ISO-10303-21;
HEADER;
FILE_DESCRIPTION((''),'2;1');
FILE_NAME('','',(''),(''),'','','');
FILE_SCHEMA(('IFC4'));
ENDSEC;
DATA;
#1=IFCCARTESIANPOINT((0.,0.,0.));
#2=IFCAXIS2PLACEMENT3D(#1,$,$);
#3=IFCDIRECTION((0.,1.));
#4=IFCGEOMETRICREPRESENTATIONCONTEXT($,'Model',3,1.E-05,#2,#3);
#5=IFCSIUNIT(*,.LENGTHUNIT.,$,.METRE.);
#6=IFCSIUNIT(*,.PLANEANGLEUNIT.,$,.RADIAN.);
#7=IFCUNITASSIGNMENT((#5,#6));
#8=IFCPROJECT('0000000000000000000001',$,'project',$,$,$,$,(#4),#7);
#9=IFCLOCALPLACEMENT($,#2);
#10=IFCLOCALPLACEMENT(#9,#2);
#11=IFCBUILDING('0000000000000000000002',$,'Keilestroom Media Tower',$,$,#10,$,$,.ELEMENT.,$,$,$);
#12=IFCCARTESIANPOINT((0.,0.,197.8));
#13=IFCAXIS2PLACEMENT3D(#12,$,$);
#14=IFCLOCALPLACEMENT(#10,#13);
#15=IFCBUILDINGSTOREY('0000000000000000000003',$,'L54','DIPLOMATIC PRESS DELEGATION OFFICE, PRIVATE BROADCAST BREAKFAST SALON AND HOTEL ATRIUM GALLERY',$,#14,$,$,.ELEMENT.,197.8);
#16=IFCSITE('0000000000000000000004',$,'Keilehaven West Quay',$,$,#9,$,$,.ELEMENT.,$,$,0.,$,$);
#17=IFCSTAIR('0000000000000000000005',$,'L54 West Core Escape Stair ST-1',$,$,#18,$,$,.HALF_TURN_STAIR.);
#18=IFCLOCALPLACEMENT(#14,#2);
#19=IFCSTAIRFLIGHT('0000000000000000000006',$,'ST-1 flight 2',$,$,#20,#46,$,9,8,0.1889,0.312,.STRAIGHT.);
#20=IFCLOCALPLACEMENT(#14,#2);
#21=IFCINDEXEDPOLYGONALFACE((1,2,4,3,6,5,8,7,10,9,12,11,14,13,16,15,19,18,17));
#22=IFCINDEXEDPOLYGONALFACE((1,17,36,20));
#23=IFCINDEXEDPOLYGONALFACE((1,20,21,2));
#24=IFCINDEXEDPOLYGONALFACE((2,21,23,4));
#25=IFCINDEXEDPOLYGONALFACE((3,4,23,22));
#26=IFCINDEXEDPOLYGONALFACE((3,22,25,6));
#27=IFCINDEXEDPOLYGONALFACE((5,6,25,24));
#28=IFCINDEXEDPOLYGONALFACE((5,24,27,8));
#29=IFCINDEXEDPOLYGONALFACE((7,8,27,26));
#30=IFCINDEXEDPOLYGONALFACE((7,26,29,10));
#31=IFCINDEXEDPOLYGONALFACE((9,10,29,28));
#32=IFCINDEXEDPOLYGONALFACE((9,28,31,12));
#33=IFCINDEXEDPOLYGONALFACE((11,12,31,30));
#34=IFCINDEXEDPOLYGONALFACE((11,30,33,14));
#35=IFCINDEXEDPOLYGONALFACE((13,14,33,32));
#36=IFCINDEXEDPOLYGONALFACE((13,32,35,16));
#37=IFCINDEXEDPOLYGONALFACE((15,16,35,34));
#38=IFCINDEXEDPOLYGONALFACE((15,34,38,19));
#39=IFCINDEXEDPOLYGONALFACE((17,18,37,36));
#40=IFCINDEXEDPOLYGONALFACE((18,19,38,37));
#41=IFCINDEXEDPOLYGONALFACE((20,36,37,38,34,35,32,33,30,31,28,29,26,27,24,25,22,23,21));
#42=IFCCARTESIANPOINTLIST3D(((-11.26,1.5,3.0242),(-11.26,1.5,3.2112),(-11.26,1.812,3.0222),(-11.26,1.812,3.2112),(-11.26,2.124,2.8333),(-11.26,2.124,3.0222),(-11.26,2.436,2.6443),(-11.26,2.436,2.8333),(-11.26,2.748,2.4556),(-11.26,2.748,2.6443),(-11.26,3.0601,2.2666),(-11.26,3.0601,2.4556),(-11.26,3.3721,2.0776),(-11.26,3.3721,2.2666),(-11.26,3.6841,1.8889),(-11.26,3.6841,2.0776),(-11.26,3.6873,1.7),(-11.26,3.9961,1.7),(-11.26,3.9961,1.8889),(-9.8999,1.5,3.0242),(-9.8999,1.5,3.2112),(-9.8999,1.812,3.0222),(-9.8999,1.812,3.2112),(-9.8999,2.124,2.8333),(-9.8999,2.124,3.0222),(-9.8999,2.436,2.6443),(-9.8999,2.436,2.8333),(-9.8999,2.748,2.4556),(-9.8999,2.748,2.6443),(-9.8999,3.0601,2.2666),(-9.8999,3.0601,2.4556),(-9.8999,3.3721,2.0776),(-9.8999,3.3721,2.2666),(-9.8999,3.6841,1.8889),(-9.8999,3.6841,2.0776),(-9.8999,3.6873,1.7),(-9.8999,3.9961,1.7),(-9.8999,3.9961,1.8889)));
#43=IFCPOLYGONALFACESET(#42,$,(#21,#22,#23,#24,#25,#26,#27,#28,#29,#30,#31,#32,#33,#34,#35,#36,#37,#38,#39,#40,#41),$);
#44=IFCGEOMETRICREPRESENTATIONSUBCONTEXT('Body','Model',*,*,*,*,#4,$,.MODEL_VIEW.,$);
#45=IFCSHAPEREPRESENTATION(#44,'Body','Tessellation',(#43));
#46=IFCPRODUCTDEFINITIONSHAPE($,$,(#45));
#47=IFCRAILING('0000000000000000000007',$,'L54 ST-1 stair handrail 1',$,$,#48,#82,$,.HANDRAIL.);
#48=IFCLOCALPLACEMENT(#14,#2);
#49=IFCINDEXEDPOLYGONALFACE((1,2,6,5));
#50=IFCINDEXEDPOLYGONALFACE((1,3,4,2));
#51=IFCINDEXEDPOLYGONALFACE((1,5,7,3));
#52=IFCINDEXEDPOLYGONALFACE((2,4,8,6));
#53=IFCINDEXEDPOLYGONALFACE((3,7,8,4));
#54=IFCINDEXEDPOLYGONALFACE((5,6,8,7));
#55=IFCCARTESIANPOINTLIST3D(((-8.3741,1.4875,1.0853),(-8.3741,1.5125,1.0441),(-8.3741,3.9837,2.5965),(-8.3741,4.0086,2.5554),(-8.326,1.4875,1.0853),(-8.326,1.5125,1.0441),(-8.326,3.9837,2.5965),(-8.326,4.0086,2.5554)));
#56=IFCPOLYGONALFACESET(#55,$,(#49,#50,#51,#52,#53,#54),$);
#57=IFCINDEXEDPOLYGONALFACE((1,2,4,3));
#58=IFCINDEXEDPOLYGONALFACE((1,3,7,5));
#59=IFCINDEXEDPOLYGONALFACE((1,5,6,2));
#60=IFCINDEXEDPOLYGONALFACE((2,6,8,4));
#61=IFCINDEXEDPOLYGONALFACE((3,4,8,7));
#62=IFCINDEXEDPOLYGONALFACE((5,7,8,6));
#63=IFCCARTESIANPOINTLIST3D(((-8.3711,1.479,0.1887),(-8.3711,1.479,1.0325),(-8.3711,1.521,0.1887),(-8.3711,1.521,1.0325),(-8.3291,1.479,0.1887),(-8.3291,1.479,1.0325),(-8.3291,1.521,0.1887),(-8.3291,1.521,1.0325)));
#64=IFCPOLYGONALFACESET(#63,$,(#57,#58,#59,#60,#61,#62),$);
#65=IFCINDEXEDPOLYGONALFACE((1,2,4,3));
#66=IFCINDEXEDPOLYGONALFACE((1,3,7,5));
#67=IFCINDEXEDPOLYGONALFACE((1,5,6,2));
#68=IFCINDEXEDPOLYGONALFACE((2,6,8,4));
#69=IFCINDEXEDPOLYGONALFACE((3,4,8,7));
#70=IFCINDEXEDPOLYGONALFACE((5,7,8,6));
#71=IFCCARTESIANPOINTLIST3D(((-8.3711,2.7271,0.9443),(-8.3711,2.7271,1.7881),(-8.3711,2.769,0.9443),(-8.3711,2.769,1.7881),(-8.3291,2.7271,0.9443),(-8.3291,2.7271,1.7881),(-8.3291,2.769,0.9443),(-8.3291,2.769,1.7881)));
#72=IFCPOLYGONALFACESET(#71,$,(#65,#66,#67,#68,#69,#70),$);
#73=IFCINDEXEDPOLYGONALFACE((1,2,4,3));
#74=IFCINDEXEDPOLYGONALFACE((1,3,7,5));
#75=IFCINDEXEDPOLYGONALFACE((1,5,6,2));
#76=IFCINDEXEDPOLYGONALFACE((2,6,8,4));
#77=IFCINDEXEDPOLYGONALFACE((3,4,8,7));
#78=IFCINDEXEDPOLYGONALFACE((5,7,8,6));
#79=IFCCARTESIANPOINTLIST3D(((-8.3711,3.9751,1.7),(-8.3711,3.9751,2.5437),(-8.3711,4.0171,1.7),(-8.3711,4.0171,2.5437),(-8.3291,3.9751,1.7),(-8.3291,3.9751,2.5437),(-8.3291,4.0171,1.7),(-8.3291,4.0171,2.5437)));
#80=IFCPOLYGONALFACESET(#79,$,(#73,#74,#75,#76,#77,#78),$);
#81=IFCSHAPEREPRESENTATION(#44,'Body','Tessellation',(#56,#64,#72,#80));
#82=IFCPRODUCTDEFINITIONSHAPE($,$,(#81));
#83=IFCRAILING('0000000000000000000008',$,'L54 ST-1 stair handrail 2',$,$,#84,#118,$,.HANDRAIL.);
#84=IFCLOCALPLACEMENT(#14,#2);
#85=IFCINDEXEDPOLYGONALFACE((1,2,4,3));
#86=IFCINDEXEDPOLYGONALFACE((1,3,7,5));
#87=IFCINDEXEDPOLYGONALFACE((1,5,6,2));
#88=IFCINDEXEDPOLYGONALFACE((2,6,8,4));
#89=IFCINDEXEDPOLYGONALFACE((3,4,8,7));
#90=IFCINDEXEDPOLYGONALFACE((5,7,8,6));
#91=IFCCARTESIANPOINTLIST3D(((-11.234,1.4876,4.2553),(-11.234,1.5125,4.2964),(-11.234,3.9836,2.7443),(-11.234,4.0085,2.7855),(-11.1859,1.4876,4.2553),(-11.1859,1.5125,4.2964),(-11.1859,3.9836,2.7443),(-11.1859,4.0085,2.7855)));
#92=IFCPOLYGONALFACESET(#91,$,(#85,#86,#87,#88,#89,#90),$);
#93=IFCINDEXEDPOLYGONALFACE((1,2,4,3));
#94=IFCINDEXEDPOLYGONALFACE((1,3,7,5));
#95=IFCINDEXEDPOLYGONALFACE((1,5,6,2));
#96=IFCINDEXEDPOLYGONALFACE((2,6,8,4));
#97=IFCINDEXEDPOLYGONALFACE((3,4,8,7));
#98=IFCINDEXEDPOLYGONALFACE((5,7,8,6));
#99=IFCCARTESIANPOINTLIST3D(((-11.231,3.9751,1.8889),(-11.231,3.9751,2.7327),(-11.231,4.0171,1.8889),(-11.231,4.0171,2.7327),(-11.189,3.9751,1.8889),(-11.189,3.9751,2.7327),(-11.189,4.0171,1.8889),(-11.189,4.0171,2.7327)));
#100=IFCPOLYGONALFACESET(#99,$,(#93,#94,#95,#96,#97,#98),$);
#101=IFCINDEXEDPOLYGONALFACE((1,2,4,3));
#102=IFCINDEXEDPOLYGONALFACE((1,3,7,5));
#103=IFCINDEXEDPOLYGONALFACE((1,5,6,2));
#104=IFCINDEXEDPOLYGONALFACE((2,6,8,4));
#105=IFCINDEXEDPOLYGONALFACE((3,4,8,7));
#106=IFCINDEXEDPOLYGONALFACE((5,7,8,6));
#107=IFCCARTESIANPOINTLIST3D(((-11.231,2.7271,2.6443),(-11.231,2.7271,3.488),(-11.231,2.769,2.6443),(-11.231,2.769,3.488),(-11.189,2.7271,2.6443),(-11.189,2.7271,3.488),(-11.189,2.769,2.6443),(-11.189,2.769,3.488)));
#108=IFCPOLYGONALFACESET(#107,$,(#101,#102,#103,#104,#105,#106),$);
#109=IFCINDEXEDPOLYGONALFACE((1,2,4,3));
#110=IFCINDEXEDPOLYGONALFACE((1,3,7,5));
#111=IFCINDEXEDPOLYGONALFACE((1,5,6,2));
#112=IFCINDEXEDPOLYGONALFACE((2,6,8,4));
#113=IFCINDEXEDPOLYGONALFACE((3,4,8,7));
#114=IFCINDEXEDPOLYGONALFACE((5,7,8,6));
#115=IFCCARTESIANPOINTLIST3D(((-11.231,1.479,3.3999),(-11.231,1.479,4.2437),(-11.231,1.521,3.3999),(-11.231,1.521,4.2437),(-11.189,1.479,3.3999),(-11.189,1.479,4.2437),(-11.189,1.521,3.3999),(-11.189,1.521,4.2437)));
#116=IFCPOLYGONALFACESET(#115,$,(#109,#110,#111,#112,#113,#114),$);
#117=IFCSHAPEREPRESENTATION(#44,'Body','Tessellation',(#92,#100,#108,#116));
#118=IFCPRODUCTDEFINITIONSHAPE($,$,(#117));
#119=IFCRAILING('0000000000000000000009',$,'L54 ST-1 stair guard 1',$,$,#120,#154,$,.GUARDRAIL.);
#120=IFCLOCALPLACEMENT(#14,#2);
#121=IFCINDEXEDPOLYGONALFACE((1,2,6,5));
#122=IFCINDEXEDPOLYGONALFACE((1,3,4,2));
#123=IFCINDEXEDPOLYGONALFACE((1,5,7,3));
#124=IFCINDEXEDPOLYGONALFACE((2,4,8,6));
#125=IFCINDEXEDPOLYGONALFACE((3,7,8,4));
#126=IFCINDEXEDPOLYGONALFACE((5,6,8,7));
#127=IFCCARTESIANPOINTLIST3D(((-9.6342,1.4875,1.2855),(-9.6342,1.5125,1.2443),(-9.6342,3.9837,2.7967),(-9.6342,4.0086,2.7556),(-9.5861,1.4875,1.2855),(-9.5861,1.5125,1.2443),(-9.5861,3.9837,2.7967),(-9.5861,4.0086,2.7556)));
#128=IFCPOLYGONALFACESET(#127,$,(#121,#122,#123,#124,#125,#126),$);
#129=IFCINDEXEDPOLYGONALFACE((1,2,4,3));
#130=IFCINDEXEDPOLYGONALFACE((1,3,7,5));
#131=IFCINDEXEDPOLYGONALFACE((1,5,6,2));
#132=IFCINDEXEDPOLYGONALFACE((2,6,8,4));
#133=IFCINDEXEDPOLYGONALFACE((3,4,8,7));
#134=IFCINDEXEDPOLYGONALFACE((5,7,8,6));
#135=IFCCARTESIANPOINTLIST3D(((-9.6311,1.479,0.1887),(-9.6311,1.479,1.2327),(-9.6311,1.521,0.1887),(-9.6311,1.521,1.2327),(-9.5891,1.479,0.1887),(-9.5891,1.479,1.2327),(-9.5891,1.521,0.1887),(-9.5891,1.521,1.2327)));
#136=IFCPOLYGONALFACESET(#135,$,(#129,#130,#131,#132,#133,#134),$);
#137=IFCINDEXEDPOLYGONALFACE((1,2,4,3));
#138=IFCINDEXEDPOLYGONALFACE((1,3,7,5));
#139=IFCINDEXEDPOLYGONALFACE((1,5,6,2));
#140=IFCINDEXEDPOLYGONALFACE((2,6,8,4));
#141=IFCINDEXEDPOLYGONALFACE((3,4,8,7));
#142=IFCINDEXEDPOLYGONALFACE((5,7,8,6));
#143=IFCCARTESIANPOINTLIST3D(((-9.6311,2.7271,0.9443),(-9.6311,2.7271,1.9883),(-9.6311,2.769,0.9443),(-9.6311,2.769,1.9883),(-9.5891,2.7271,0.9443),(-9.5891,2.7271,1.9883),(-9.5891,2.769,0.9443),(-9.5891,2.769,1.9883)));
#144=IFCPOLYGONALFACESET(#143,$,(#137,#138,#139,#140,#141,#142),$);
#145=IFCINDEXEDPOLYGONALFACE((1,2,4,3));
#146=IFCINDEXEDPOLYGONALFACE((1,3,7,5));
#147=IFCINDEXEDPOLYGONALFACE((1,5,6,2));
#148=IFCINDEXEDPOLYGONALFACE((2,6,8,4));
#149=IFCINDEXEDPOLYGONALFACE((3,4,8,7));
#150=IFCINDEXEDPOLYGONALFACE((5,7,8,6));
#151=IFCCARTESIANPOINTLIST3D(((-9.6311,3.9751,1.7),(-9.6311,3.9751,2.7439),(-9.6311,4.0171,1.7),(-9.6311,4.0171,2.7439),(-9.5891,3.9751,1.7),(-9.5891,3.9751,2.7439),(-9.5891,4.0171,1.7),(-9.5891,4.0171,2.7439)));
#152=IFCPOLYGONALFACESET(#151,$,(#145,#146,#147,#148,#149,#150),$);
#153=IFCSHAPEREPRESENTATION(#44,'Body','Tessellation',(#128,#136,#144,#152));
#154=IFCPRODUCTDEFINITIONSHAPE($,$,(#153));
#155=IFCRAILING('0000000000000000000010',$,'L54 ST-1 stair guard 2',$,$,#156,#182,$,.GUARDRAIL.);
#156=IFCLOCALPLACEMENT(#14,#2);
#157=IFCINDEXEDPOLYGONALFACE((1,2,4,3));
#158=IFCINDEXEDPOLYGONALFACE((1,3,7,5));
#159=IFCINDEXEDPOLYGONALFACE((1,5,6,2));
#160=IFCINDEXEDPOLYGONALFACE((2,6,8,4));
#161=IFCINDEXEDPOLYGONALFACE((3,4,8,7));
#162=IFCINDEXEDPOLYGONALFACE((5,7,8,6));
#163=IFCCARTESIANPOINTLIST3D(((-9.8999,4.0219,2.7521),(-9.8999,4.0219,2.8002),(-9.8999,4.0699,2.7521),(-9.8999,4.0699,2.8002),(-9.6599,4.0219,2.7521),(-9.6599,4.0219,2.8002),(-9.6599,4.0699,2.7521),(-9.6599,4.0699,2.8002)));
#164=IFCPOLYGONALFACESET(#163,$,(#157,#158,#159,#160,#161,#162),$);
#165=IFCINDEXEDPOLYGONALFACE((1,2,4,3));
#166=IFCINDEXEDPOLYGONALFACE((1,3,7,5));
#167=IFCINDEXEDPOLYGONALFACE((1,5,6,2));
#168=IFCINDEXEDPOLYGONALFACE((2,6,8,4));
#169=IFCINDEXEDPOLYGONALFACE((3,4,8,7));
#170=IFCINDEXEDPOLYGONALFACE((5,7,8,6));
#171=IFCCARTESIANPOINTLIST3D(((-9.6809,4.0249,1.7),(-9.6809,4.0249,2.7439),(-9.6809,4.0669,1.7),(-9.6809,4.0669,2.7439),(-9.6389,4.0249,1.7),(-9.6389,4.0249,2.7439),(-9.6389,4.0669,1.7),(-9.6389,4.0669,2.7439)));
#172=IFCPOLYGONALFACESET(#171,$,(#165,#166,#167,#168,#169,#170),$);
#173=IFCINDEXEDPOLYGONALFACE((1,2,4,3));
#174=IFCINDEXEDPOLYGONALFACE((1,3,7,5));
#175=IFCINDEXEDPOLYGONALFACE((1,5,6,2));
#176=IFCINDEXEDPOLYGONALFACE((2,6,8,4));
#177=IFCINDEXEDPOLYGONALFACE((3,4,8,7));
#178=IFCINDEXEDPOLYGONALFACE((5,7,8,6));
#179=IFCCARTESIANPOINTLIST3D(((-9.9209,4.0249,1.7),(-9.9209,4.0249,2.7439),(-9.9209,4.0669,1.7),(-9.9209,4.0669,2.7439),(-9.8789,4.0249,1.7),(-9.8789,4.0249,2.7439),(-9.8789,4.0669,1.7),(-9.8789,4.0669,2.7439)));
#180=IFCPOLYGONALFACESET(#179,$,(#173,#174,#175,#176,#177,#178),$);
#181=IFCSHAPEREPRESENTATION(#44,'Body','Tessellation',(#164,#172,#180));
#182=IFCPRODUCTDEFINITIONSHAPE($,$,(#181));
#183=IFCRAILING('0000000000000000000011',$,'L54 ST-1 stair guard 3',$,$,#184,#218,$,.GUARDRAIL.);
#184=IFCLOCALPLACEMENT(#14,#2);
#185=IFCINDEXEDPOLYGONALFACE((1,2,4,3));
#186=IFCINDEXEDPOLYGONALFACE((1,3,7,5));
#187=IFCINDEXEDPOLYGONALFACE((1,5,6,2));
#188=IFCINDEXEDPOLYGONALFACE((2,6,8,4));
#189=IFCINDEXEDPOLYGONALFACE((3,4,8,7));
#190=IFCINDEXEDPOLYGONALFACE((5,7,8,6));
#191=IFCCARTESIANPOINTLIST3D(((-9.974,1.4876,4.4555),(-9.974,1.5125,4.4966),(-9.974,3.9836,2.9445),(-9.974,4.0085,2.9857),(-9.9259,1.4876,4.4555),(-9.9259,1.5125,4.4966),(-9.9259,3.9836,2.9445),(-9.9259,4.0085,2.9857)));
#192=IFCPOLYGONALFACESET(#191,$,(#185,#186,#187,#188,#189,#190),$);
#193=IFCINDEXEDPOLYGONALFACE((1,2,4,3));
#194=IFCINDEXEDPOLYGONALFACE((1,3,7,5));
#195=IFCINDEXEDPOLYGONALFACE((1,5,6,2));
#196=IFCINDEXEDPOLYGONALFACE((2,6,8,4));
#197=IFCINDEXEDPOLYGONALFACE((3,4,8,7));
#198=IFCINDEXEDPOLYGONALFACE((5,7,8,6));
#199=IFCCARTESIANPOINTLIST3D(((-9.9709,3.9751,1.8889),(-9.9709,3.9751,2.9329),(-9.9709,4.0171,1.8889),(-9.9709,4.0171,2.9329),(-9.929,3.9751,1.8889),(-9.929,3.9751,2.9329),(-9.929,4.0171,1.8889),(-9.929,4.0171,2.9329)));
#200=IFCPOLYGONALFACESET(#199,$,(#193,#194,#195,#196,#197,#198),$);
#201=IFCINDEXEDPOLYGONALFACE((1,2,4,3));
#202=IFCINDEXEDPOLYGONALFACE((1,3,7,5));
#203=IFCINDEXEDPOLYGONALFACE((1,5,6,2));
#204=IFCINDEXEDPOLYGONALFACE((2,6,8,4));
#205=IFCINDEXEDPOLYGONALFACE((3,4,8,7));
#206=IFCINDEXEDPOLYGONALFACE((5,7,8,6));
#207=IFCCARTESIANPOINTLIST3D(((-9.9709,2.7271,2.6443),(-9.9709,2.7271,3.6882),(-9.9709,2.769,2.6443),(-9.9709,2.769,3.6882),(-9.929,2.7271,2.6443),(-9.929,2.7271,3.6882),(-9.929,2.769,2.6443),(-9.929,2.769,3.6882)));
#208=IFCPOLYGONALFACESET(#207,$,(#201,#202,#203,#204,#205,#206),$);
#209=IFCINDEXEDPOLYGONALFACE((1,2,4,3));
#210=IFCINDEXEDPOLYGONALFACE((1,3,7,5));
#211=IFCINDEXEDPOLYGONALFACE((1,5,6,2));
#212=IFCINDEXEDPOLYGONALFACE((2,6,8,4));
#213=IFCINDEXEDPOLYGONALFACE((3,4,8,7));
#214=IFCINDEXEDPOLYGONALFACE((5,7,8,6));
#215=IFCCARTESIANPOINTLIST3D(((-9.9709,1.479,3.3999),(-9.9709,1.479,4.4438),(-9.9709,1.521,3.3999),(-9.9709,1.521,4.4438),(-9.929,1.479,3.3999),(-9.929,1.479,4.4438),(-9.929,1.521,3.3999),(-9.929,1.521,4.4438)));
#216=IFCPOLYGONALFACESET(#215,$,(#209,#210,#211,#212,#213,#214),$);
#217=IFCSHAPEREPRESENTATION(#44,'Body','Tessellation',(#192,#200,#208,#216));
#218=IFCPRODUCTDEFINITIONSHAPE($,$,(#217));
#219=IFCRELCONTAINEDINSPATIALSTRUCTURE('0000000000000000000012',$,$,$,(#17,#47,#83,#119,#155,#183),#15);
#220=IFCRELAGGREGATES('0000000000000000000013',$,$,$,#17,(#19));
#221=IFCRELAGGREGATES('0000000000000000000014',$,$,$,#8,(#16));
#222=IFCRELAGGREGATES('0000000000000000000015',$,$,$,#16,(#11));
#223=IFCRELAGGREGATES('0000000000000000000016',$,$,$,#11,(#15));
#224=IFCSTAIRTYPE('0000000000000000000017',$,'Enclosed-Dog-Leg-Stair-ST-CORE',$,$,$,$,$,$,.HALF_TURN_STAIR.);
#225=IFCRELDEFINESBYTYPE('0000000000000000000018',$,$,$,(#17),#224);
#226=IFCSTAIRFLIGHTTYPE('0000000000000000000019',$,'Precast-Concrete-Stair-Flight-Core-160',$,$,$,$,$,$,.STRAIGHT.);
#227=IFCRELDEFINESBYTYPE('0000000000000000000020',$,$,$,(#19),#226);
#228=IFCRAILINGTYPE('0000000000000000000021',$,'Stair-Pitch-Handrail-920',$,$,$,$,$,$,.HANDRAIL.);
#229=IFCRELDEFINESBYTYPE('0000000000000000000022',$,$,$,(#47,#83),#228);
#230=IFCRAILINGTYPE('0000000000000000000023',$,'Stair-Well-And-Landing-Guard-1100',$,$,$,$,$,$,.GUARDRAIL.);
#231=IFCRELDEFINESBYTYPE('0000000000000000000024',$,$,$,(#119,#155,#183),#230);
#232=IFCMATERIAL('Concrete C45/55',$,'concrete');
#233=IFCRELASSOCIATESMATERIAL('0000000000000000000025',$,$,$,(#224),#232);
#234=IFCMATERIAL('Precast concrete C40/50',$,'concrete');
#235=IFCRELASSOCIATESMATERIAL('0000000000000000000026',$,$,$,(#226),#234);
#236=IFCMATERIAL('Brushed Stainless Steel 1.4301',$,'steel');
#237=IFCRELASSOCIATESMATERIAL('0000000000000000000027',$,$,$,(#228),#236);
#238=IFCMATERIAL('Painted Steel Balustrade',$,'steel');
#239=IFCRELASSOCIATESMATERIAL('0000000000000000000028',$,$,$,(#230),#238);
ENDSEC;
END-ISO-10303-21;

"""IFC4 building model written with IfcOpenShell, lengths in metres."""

from ifc_helpers import new_model, si_unit, direction, frame, origin, origin_2d, place, context, subcontext, project, spatial, polyline, rectangle, outline, extrude, material, type_object, element, aggregate, save


model = new_model("IFC4")

# Units and contexts
model_context = context("Model", 3, precision=1e-05, world=origin(), true_north=direction((0.0, 1.0)))
body_context = subcontext(model_context, "Body", "Model", "MODEL_VIEW")
ifc_project = project(units=[si_unit("LENGTHUNIT", "METRE"), si_unit("PLANEANGLEUNIT", "RADIAN")], contexts=[model_context])

# Site, building, storey
site_placement = place(None, origin())
site = spatial("IfcSite", under=ifc_project, at=site_placement, Name="Keilehaven West Quay", CompositionType="ELEMENT", RefElevation=0.0)
building_placement = place(site_placement, origin())
building = spatial("IfcBuilding", under=site, at=building_placement, Name="Keilestroom Media Tower", CompositionType="ELEMENT")
storey_placement = place(building_placement, frame((0.0, 0.0, 197.8)))
storey = spatial("IfcBuildingStorey", under=building, at=storey_placement, Name="L54", Description="DIPLOMATIC PRESS DELEGATION OFFICE, PRIVATE BROADCAST BREAKFAST SALON AND HOTEL ATRIUM GALLERY", CompositionType="ELEMENT", Elevation=197.8)

# Stair
ifc_material_1 = material(Name="Concrete C45/55", Category="concrete")
stair_type = type_object("IfcStairType", Name="Enclosed-Dog-Leg-Stair-ST-CORE", PredefinedType="HALF_TURN_STAIR", material=ifc_material_1)
stair_1_placement = place(storey_placement, origin())
stair_1 = element("IfcStair", 1, at=stair_1_placement, inside=storey, type_object=stair_type, Name="L54 West Core Escape Stair ST-1", PredefinedType="HALF_TURN_STAIR")

# Shared definitions
ifc_material_2 = material(Name="Precast concrete C40/50", Category="concrete")

# Stair flight
stair_flight_type = type_object("IfcStairFlightType", Name="Precast-Concrete-Stair-Flight-Core-160", PredefinedType="STRAIGHT", material=ifc_material_2)
stair_flight_1_placement = place(storey_placement, frame((-10.5801, 3.9961, 1.7), z_axis=(0.0, 0.0, 1.0), x_axis=(0.0, -1.0, 0.0)))
stair_flight_1 = element("IfcStairFlight", 2, at=stair_flight_1_placement, type_object=stair_flight_type, Name="ST-1 flight 2", NumberOfRisers=9, NumberOfTreads=8, PredefinedType="STRAIGHT", RiserHeight=0.1889, TreadLength=0.312, context=body_context, shape_type="SweptSolid", body=[
    extrude(outline(polyline([(0.0, 0.0), (0.0, 0.189), (0.312, 0.189), (0.312, 0.3777), (0.624, 0.3777), (0.624, 0.5667), (0.936, 0.5667), (0.936, 0.7556), (1.248, 0.7556), (1.248, 0.9443), (1.5601, 0.9443), (1.5601, 1.1333), (1.8721, 1.1333), (1.8721, 1.3223), (2.1841, 1.3223), (2.1841, 1.5112), (2.4961, 1.5112), (2.4961, 1.7), (2.4961, 1.3242), (0.3088, 0.0), (0.0, 0.0)])), frame((0.0, 0.6802, 0.0), z_axis=(0.0, -1.0, 0.0), x_axis=(1.0, 0.0, 0.0)), (0.0, 0.0, 1.0), 1.3601),
])
aggregate(stair_1, [stair_flight_1])

# Railings
ifc_material_3 = material(Name="Brushed Stainless Steel 1.4301", Category="steel")
railing_type_1 = type_object("IfcRailingType", Name="Stair-Pitch-Handrail-920", PredefinedType="HANDRAIL", material=ifc_material_3)
railing_1_placement = place(storey_placement, frame((-8.3501, 1.5, 0.1887)))
element("IfcRailing", 3, at=railing_1_placement, inside=storey, type_object=railing_type_1, Name="L54 ST-1 stair handrail 1", PredefinedType="HANDRAIL", context=body_context, shape_type="SweptSolid", body=[
    extrude(rectangle(XDim=0.0481, YDim=0.0481, at=origin_2d()), frame((0.0, 0.0, 0.876), z_axis=(0.0, 0.855434, 0.517912), x_axis=(-1.0, 0.0, 0.0)), (0.0, 0.0, 1.0), 2.918),
    extrude(rectangle(XDim=0.042, YDim=0.042, at=origin_2d()), origin(), (0.0, 0.0, 1.0), 0.8438),
    extrude(rectangle(XDim=0.042, YDim=0.042, at=origin_2d()), frame((0.0, 1.248, 0.7556)), (0.0, 0.0, 1.0), 0.8438),
    extrude(rectangle(XDim=0.042, YDim=0.042, at=origin_2d()), frame((0.0, 2.4961, 1.5112)), (0.0, 0.0, 1.0), 0.8438),
])
railing_2_placement = place(storey_placement, frame((-11.21, 3.9961, 1.8889)))
element("IfcRailing", 4, at=railing_2_placement, inside=storey, type_object=railing_type_1, Name="L54 ST-1 stair handrail 2", PredefinedType="HANDRAIL", context=body_context, shape_type="SweptSolid", body=[
    extrude(rectangle(XDim=0.0481, YDim=0.0481, at=origin_2d()), frame((0.0, 0.0, 0.876), z_axis=(0.0, -0.855471, 0.517851), x_axis=(1.0, 0.0, 0.0)), (0.0, 0.0, 1.0), 2.9177),
    extrude(rectangle(XDim=0.042, YDim=0.042, at=origin_2d()), origin(), (0.0, 0.0, 1.0), 0.8438),
    extrude(rectangle(XDim=0.042, YDim=0.042, at=origin_2d()), frame((0.0, -1.248, 0.7554)), (0.0, 0.0, 1.0), 0.8438),
    extrude(rectangle(XDim=0.042, YDim=0.042, at=origin_2d()), frame((0.0, -2.4961, 1.511)), (0.0, 0.0, 1.0), 0.8438),
])
ifc_material_4 = material(Name="Painted Steel Balustrade", Category="steel")
railing_type_2 = type_object("IfcRailingType", Name="Stair-Well-And-Landing-Guard-1100", PredefinedType="GUARDRAIL", material=ifc_material_4)
railing_3_placement = place(storey_placement, frame((-9.6101, 1.5, 0.1887)))
element("IfcRailing", 5, at=railing_3_placement, inside=storey, type_object=railing_type_2, Name="L54 ST-1 stair guard 1", PredefinedType="GUARDRAIL", context=body_context, shape_type="SweptSolid", body=[
    extrude(rectangle(XDim=0.0481, YDim=0.0481, at=origin_2d()), frame((0.0, 0.0, 1.0762), z_axis=(0.0, 0.855434, 0.517912), x_axis=(-1.0, 0.0, 0.0)), (0.0, 0.0, 1.0), 2.918),
    extrude(rectangle(XDim=0.042, YDim=0.042, at=origin_2d()), origin(), (0.0, 0.0, 1.0), 1.0439),
    extrude(rectangle(XDim=0.042, YDim=0.042, at=origin_2d()), frame((0.0, 1.248, 0.7556)), (0.0, 0.0, 1.0), 1.0439),
    extrude(rectangle(XDim=0.042, YDim=0.042, at=origin_2d()), frame((0.0, 2.4961, 1.5112)), (0.0, 0.0, 1.0), 1.0439),
])
railing_4_placement = place(storey_placement, frame((-9.6599, 4.0459, 1.7)))
element("IfcRailing", 6, at=railing_4_placement, inside=storey, type_object=railing_type_2, Name="L54 ST-1 stair guard 2", PredefinedType="GUARDRAIL", context=body_context, shape_type="SweptSolid", body=[
    extrude(rectangle(XDim=0.0481, YDim=0.0481, at=origin_2d()), frame((0.0, 0.0, 1.0762), z_axis=(-1.0, 0.0, 0.0), x_axis=(0.0, -1.0, 0.0)), (0.0, 0.0, 1.0), 0.24),
    extrude(rectangle(XDim=0.042, YDim=0.042, at=origin_2d()), origin(), (0.0, 0.0, 1.0), 1.0439),
    extrude(rectangle(XDim=0.042, YDim=0.042, at=origin_2d()), frame((-0.24, 0.0, 0.0)), (0.0, 0.0, 1.0), 1.0439),
])
railing_5_placement = place(storey_placement, frame((-9.95, 3.9961, 1.8889)))
element("IfcRailing", 7, at=railing_5_placement, inside=storey, type_object=railing_type_2, Name="L54 ST-1 stair guard 3", PredefinedType="GUARDRAIL", context=body_context, shape_type="SweptSolid", body=[
    extrude(rectangle(XDim=0.0481, YDim=0.0481, at=origin_2d()), frame((0.0, 0.0, 1.0762), z_axis=(0.0, -0.855471, 0.517851), x_axis=(1.0, 0.0, 0.0)), (0.0, 0.0, 1.0), 2.9177),
    extrude(rectangle(XDim=0.042, YDim=0.042, at=origin_2d()), origin(), (0.0, 0.0, 1.0), 1.0439),
    extrude(rectangle(XDim=0.042, YDim=0.042, at=origin_2d()), frame((0.0, -1.248, 0.7554)), (0.0, 0.0, 1.0), 1.0439),
    extrude(rectangle(XDim=0.042, YDim=0.042, at=origin_2d()), frame((0.0, -2.4961, 1.511)), (0.0, 0.0, 1.0), 1.0439),
])

save(model, "model.ifc")
